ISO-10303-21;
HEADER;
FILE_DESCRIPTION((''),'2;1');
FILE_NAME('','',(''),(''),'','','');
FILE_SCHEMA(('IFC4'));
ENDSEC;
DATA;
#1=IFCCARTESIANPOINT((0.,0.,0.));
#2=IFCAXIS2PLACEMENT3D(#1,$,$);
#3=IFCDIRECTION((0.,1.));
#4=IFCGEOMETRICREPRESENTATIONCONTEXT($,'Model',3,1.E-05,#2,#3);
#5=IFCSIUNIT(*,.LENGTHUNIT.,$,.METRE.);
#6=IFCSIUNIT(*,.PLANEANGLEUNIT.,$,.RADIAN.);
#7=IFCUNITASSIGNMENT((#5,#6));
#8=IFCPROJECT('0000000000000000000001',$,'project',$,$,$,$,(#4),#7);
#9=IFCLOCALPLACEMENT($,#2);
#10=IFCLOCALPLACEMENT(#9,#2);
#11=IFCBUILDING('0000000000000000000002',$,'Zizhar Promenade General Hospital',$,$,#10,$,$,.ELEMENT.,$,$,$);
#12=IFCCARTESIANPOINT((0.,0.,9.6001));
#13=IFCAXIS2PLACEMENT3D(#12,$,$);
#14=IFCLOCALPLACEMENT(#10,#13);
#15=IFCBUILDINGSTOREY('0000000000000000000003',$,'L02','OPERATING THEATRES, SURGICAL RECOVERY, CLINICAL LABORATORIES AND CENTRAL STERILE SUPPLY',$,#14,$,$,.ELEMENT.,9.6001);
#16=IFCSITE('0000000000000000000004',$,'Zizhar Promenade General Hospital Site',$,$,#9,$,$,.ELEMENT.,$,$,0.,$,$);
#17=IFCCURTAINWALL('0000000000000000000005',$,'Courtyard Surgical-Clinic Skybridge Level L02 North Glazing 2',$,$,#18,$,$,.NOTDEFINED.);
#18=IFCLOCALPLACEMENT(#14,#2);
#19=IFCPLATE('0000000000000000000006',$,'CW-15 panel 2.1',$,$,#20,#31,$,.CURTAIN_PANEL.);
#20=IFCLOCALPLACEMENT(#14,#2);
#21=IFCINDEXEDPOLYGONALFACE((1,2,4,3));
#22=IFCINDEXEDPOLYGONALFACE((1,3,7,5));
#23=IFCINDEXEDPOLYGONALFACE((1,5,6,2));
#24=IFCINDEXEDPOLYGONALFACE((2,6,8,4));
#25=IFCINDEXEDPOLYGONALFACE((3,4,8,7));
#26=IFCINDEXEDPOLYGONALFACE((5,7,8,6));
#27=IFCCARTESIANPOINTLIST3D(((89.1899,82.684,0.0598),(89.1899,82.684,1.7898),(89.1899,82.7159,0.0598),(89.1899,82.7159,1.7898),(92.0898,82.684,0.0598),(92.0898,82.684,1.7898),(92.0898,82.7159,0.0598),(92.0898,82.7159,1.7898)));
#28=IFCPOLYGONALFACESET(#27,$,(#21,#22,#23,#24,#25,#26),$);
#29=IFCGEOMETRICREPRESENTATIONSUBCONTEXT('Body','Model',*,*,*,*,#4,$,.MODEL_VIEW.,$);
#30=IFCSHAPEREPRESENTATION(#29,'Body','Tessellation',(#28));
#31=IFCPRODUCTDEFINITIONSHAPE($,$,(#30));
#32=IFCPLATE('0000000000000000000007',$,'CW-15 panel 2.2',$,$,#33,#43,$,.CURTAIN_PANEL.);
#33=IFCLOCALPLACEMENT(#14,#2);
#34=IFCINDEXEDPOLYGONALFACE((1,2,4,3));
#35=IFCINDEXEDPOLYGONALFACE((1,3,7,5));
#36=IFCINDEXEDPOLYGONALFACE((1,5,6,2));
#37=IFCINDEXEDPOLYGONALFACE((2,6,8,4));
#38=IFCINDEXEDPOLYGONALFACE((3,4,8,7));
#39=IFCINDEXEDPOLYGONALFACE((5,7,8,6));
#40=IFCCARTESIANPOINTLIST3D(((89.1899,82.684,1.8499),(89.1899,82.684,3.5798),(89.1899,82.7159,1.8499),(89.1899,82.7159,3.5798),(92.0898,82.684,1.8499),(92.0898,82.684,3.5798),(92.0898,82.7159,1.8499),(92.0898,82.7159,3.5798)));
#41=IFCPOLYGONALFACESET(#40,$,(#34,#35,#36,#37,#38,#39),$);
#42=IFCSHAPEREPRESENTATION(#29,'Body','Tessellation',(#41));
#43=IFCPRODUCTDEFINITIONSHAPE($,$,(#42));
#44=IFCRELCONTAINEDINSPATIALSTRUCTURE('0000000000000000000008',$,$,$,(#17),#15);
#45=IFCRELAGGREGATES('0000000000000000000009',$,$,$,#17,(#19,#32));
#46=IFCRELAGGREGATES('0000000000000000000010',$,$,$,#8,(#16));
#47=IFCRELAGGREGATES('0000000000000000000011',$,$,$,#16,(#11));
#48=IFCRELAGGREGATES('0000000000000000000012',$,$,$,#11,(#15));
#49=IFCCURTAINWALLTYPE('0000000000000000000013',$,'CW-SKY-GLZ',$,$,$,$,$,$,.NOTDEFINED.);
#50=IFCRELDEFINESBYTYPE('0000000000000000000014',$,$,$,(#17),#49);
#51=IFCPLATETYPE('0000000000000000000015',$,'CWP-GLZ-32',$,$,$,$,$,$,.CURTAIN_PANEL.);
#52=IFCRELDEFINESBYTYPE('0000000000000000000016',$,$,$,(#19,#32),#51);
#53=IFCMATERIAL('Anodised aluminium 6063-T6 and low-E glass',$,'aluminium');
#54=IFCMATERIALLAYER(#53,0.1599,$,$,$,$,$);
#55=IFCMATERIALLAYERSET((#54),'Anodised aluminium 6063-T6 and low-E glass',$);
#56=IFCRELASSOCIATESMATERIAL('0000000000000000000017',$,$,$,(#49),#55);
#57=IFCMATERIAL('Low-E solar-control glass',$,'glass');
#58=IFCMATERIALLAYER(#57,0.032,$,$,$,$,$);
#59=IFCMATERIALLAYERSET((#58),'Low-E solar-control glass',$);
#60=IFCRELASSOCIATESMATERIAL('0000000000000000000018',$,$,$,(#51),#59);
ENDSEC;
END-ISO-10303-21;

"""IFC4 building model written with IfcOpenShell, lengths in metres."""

from ifc_helpers import new_model, si_unit, direction, frame, origin, origin_2d, place, context, subcontext, project, spatial, rectangle, extrude, material, layer, layer_set, type_object, element, aggregate, save


model = new_model("IFC4")

# Units and contexts
model_context = context("Model", 3, precision=1e-05, world=origin(), true_north=direction((0.0, 1.0)))
body_context = subcontext(model_context, "Body", "Model", "MODEL_VIEW")
ifc_project = project(units=[si_unit("LENGTHUNIT", "METRE"), si_unit("PLANEANGLEUNIT", "RADIAN")], contexts=[model_context])

# Site, building, storey
site_placement = place(None, origin())
site = spatial("IfcSite", under=ifc_project, at=site_placement, Name="Zizhar Promenade General Hospital Site", CompositionType="ELEMENT", RefElevation=0.0)
building_placement = place(site_placement, origin())
building = spatial("IfcBuilding", under=site, at=building_placement, Name="Zizhar Promenade General Hospital", CompositionType="ELEMENT")
storey_placement = place(building_placement, frame((0.0, 0.0, 9.6001)))
storey = spatial("IfcBuildingStorey", under=building, at=storey_placement, Name="L02", Description="OPERATING THEATRES, SURGICAL RECOVERY, CLINICAL LABORATORIES AND CENTRAL STERILE SUPPLY", CompositionType="ELEMENT", Elevation=9.6001)

# Shared definitions
ifc_material_1 = material(Name="Anodised aluminium 6063-T6 and low-E glass", Category="aluminium")
ifc_layer_1 = layer(ifc_material_1, 0.1599)
ifc_layer_set_1 = layer_set([ifc_layer_1], Name="Anodised aluminium 6063-T6 and low-E glass")
curtain_wall_type = type_object("IfcCurtainWallType", Name="CW-SKY-GLZ", PredefinedType="NOTDEFINED", material=ifc_layer_set_1)

# Curtain wall
curtain_wall_1_placement = place(storey_placement, origin())
curtain_wall_1 = element("IfcCurtainWall", 1, at=curtain_wall_1_placement, inside=storey, type_object=curtain_wall_type, Name="Courtyard Surgical-Clinic Skybridge Level L02 North Glazing 2", PredefinedType="NOTDEFINED")

# Plates
ifc_material_2 = material(Name="Low-E solar-control glass", Category="glass")
ifc_layer_2 = layer(ifc_material_2, 0.032)
ifc_layer_set_2 = layer_set([ifc_layer_2], Name="Low-E solar-control glass")
plate_type = type_object("IfcPlateType", Name="CWP-GLZ-32", PredefinedType="CURTAIN_PANEL", material=ifc_layer_set_2)
plate_1_placement = place(storey_placement, frame((90.6399, 82.7, 0.0598), z_axis=(0.0, 0.0, 1.0), x_axis=(1.0, 0.0, 0.0)))
plate_1 = element("IfcPlate", 2, at=plate_1_placement, type_object=plate_type, Name="CW-15 panel 2.1", PredefinedType="CURTAIN_PANEL", context=body_context, shape_type="SweptSolid", body=[
    extrude(rectangle(XDim=2.8999, YDim=0.032, at=origin_2d()), origin(), (0.0, 0.0, 1.0), 1.73),
])
plate_2_placement = place(storey_placement, frame((90.6399, 82.7, 1.8499), z_axis=(0.0, 0.0, 1.0), x_axis=(1.0, 0.0, 0.0)))
plate_2 = element("IfcPlate", 3, at=plate_2_placement, type_object=plate_type, Name="CW-15 panel 2.2", PredefinedType="CURTAIN_PANEL", context=body_context, shape_type="SweptSolid", body=[
    extrude(rectangle(XDim=2.8999, YDim=0.032, at=origin_2d()), origin(), (0.0, 0.0, 1.0), 1.73),
])
aggregate(curtain_wall_1, [plate_1, plate_2])

save(model, "model.ifc")
